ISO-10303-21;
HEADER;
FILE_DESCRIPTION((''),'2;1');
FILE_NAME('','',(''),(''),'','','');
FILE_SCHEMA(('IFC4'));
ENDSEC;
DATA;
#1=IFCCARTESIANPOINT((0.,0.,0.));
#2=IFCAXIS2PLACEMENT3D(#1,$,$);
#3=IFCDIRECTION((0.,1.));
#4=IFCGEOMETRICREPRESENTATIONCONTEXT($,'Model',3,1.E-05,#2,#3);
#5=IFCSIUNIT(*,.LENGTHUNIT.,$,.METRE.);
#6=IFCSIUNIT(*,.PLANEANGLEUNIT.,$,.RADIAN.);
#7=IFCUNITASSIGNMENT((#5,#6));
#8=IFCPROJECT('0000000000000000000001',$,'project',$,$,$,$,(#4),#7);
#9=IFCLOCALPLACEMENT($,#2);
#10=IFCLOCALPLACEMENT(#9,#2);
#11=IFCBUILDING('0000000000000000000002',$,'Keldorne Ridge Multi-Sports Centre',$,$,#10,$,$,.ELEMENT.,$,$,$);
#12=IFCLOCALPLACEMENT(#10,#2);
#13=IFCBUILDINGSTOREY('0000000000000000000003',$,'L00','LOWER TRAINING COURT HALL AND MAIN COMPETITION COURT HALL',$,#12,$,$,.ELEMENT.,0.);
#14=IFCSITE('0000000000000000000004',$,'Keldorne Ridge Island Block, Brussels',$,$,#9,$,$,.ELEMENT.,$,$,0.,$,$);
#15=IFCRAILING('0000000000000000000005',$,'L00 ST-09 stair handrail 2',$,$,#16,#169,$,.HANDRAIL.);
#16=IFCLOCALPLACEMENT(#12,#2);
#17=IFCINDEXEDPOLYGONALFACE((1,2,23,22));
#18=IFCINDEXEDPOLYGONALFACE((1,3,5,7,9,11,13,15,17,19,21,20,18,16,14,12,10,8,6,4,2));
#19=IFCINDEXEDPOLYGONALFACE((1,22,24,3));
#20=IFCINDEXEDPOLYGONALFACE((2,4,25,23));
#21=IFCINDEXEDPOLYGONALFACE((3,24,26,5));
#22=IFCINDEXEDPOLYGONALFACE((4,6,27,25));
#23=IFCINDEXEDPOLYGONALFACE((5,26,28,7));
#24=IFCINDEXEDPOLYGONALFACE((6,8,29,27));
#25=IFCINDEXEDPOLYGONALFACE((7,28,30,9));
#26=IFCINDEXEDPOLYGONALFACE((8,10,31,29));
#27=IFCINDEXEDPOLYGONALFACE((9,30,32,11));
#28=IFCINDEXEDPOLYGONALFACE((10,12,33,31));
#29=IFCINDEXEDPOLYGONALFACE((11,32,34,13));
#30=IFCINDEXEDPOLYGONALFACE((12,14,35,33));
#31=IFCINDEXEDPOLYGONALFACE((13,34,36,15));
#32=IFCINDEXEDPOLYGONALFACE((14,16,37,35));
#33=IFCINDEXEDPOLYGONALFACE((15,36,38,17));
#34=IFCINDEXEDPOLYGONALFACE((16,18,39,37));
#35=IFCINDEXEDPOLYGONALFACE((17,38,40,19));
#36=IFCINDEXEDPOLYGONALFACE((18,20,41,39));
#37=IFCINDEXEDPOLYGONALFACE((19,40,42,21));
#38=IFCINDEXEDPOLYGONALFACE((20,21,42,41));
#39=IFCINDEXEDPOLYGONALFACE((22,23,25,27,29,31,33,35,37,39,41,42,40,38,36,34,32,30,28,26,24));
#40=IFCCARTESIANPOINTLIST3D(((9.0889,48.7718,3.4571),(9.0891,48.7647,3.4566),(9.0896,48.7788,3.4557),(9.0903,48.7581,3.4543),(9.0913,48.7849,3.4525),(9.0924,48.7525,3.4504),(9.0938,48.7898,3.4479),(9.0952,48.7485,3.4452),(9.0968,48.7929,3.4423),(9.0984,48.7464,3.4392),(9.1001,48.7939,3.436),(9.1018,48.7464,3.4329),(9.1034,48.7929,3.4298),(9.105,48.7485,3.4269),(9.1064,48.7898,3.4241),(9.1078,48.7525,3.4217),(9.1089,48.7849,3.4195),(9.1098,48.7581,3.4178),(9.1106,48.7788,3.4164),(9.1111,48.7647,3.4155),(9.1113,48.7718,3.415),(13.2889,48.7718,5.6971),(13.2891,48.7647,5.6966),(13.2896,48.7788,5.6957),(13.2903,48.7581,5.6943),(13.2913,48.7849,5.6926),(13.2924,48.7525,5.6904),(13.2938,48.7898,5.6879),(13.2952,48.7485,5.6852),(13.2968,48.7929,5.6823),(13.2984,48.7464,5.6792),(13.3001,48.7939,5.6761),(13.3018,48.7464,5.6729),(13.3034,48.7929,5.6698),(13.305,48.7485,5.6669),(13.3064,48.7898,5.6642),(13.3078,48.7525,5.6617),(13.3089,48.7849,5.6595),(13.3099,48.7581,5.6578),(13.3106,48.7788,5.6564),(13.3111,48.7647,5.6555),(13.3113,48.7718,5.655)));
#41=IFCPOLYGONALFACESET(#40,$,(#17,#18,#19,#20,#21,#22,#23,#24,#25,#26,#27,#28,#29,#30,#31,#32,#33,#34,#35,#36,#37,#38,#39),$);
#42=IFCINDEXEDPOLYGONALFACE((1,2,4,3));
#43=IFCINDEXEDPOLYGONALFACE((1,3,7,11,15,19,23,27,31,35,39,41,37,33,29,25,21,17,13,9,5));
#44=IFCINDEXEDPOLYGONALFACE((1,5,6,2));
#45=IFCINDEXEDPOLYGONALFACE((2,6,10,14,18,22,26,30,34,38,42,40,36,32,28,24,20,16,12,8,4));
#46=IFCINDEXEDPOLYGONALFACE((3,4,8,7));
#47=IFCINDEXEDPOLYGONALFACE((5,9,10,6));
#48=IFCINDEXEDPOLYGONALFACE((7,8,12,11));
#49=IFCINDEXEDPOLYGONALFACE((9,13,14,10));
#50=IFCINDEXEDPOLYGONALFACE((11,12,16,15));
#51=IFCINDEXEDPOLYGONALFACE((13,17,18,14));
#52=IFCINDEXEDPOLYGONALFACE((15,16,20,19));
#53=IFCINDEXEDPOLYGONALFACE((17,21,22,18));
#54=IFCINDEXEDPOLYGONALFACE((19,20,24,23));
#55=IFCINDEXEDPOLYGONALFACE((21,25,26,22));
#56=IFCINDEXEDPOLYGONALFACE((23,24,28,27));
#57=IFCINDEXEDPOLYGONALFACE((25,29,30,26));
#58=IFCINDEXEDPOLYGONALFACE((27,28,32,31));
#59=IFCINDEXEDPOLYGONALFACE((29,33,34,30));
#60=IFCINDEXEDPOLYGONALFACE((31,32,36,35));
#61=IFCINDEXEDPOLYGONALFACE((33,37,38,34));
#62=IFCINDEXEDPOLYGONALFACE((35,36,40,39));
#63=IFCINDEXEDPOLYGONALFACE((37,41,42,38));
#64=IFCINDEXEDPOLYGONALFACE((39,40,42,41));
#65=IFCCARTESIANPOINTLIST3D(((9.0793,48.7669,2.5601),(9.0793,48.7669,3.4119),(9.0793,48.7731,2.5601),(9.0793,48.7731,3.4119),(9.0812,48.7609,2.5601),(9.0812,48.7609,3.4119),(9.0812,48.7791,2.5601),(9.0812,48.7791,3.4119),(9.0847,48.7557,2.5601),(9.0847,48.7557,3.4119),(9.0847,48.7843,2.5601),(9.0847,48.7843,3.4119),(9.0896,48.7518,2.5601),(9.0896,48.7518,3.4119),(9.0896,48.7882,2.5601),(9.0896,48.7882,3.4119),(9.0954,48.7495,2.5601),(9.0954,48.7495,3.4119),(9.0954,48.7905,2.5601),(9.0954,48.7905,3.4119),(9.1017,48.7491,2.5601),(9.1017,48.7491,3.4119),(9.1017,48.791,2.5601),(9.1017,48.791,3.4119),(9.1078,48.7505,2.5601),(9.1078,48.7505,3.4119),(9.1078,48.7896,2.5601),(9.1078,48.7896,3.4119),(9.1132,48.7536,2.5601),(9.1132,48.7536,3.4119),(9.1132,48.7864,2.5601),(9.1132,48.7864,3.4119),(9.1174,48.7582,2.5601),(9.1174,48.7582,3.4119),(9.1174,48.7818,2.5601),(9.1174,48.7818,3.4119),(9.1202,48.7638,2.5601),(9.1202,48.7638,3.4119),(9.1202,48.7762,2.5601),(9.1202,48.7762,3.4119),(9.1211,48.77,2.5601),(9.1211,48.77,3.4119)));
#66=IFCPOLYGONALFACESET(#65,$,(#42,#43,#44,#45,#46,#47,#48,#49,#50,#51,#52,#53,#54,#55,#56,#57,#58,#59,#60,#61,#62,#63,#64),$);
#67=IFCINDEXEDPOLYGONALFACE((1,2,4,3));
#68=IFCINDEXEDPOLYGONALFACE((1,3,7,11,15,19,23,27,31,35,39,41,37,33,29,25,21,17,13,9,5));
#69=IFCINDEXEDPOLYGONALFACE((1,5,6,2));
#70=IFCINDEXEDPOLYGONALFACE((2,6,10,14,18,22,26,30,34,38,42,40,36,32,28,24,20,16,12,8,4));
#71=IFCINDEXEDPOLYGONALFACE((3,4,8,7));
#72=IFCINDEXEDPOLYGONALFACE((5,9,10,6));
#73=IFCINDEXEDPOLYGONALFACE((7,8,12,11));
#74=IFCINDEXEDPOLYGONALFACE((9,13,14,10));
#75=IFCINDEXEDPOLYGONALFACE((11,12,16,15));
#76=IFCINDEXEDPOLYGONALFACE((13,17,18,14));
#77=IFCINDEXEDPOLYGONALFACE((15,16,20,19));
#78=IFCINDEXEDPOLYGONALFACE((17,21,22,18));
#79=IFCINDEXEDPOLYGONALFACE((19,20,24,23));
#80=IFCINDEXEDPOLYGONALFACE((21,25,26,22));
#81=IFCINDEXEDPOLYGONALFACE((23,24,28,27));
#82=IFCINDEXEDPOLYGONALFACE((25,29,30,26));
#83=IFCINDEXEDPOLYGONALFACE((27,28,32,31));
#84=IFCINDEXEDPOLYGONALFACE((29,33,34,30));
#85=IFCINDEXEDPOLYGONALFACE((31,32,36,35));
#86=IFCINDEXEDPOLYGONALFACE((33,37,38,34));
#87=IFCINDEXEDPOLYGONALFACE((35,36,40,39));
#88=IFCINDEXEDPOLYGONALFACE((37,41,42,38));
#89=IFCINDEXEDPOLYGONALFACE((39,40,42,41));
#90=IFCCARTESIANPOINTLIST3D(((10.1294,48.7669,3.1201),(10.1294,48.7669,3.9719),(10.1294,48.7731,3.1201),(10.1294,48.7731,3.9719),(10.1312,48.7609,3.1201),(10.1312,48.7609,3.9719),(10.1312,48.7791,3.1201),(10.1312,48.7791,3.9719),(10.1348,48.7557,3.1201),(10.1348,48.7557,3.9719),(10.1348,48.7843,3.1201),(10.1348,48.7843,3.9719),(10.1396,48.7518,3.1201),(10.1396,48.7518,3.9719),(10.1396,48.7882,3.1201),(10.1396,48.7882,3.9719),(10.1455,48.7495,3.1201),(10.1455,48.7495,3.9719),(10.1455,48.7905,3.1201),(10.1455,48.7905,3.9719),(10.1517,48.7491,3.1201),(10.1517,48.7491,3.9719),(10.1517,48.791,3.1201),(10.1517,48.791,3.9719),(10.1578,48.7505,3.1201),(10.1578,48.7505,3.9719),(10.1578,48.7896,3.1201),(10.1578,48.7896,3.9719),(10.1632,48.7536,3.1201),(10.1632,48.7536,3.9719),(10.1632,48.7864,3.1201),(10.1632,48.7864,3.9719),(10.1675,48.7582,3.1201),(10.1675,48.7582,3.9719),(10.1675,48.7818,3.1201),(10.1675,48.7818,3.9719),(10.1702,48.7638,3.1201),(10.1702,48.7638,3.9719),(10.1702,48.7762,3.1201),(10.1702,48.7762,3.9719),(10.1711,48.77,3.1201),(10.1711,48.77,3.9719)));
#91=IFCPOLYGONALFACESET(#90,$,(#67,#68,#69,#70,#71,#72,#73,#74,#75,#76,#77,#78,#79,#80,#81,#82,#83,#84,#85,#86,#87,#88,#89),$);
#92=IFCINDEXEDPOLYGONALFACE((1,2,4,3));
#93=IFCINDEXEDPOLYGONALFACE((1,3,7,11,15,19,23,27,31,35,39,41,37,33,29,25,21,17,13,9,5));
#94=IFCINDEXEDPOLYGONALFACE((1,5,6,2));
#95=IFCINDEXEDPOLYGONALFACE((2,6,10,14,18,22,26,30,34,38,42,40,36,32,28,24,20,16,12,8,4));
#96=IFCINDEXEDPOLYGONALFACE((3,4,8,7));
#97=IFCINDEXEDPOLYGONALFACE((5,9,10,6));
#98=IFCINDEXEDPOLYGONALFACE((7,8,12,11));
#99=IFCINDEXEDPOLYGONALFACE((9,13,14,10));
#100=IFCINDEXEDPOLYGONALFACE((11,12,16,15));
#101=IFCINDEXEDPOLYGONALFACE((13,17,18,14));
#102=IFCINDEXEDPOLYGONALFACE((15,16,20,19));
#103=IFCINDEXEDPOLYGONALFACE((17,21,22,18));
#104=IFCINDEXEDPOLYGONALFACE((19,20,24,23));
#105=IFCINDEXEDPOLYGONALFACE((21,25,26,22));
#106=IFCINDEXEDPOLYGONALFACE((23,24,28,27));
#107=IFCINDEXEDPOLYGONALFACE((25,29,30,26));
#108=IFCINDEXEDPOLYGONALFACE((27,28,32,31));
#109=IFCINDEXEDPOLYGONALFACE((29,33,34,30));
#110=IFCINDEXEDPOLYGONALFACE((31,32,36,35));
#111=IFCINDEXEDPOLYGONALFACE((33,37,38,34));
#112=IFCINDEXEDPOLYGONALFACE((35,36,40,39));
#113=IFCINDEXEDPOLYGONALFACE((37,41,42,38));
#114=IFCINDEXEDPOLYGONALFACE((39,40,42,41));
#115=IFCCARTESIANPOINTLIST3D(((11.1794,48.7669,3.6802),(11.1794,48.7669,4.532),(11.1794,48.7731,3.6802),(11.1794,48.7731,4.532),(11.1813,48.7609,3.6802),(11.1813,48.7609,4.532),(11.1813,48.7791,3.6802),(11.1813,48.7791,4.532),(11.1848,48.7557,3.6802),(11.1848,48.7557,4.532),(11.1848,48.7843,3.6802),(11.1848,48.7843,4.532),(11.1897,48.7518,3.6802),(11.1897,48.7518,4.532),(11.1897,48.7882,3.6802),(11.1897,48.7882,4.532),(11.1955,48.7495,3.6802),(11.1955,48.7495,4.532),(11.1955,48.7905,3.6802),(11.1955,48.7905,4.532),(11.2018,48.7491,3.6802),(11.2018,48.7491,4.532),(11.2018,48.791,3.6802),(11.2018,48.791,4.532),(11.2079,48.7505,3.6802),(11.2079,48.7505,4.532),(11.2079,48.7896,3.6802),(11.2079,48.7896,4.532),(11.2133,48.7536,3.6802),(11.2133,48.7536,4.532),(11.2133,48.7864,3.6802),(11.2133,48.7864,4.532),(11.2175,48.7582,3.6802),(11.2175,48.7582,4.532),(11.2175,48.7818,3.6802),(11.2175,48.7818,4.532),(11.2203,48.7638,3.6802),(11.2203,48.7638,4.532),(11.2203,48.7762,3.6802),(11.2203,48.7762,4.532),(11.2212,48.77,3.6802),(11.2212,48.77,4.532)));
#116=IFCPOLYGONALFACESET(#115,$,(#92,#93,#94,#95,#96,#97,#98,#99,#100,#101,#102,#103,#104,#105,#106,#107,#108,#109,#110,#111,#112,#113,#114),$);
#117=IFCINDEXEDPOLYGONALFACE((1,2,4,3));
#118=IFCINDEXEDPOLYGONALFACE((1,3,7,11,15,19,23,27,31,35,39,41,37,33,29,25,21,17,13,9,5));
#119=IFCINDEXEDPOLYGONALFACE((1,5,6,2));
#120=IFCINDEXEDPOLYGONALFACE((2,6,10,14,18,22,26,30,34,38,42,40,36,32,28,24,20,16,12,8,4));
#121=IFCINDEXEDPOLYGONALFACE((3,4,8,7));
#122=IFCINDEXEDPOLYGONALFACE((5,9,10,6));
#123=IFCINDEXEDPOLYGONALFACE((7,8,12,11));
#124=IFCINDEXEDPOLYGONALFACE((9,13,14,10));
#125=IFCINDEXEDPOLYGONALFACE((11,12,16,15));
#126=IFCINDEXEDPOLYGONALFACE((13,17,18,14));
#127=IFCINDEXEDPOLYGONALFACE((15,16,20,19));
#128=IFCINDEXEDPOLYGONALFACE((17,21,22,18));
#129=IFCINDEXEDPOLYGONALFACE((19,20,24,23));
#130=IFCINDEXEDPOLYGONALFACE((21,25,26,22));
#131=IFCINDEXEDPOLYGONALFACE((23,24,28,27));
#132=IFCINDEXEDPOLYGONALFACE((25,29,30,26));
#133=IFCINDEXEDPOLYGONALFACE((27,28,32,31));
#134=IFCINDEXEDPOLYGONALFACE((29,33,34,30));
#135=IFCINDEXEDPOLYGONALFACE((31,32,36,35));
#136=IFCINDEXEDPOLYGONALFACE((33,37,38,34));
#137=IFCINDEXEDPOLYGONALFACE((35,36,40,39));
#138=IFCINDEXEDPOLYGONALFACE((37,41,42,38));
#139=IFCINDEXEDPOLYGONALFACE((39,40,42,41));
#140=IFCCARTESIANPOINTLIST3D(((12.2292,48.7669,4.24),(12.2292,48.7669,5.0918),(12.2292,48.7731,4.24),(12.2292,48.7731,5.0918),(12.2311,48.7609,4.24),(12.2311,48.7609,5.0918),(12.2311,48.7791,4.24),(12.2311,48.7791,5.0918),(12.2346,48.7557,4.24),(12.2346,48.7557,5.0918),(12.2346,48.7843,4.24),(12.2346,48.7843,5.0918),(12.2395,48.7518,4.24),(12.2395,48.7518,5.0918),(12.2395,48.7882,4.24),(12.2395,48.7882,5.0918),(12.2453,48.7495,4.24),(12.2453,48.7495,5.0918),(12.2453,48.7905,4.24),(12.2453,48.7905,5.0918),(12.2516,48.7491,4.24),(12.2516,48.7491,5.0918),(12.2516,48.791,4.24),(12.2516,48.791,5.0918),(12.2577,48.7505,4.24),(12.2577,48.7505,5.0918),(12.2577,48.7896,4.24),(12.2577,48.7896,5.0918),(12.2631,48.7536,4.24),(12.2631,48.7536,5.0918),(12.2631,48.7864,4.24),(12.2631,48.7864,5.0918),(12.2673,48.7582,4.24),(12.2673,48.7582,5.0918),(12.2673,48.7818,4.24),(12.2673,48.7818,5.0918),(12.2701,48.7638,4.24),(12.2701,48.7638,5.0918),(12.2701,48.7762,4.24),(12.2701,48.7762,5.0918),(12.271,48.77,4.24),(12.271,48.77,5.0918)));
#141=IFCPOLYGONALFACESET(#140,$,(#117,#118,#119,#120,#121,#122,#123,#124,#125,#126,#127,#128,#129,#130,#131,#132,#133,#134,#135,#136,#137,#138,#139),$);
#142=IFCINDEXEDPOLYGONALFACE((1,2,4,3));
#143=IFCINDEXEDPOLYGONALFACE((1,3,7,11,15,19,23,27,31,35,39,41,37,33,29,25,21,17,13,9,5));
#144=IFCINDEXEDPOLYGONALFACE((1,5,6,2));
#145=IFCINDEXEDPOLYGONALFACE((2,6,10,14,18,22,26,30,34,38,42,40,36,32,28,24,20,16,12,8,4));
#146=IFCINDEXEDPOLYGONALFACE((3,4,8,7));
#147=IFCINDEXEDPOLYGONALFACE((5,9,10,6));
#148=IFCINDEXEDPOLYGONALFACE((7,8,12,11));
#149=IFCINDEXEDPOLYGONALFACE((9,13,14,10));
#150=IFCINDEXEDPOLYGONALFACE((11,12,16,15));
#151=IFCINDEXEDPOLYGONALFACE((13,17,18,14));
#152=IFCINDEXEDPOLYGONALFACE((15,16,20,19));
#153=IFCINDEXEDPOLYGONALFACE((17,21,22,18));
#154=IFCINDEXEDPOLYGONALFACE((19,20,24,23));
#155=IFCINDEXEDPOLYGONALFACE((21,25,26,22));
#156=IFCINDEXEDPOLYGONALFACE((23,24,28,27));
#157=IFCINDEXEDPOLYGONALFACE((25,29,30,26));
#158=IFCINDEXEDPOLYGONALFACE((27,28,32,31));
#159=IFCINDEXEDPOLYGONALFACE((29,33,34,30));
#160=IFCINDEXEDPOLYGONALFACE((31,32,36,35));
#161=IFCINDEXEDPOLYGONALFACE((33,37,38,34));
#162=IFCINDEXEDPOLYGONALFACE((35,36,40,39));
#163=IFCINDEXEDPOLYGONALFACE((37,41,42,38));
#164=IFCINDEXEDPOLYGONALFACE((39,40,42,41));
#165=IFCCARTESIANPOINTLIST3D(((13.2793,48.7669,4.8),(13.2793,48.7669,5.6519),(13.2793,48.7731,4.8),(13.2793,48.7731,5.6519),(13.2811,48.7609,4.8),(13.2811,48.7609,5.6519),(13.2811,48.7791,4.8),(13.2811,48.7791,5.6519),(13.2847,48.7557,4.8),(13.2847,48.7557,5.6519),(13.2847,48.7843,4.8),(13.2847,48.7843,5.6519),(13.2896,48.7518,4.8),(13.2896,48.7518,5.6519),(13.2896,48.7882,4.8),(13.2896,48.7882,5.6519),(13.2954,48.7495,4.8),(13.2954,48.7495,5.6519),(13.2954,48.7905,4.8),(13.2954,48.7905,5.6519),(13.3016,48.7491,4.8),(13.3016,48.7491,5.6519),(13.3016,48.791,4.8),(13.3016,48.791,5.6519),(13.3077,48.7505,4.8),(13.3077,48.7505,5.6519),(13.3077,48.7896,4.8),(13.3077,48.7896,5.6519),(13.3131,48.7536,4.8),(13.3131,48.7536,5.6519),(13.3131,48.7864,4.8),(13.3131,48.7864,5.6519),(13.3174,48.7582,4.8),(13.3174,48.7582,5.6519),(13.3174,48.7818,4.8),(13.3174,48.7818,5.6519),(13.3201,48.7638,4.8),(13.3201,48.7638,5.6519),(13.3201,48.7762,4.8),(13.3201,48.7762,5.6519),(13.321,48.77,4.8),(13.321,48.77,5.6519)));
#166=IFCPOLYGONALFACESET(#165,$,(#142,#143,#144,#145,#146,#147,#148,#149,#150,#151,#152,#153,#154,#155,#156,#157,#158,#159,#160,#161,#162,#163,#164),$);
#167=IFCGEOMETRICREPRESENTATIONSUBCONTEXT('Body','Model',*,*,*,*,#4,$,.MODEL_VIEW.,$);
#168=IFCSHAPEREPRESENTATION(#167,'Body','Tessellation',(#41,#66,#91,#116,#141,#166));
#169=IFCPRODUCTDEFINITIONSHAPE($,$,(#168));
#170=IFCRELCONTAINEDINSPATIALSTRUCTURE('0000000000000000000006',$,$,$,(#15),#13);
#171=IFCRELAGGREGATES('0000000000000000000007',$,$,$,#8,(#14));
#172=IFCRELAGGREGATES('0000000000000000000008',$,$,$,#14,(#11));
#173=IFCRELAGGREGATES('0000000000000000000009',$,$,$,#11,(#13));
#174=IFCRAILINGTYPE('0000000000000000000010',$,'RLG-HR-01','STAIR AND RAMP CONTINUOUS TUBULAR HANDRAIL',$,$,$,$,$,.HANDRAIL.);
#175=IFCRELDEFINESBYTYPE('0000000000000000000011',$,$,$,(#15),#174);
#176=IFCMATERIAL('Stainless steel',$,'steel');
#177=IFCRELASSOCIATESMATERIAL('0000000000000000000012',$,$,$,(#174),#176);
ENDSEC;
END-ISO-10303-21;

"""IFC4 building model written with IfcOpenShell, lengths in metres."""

from ifc_helpers import new_model, si_unit, direction, frame, origin, origin_2d, place, context, subcontext, project, spatial, circle, extrude, material, type_object, element, save


model = new_model("IFC4")

# Units and contexts
model_context = context("Model", 3, precision=1e-05, world=origin(), true_north=direction((0.0, 1.0)))
body_context = subcontext(model_context, "Body", "Model", "MODEL_VIEW")
ifc_project = project(units=[si_unit("LENGTHUNIT", "METRE"), si_unit("PLANEANGLEUNIT", "RADIAN")], contexts=[model_context])

# Site, building, storey
site_placement = place(None, origin())
site = spatial("IfcSite", under=ifc_project, at=site_placement, Name="Keldorne Ridge Island Block, Brussels", CompositionType="ELEMENT", RefElevation=0.0)
building_placement = place(site_placement, origin())
building = spatial("IfcBuilding", under=site, at=building_placement, Name="Keldorne Ridge Multi-Sports Centre", CompositionType="ELEMENT")
storey_placement = place(building_placement, origin())
storey = spatial("IfcBuildingStorey", under=building, at=storey_placement, Name="L00", Description="LOWER TRAINING COURT HALL AND MAIN COMPETITION COURT HALL", CompositionType="ELEMENT", Elevation=0.0)

# Railing
ifc_material_1 = material(Name="Stainless steel", Category="steel")
railing_type_1 = type_object("IfcRailingType", Name="RLG-HR-01", Description="STAIR AND RAMP CONTINUOUS TUBULAR HANDRAIL", PredefinedType="HANDRAIL", material=ifc_material_1)
railing_1_placement = place(storey_placement, frame((9.1001, 48.77, 2.5601)))
element("IfcRailing", 1, at=railing_1_placement, inside=storey, type_object=railing_type_1, Name="L00 ST-09 stair handrail 2", PredefinedType="HANDRAIL", context=body_context, shape_type="SweptSolid", body=[
    extrude(circle(Radius=0.0239, at=origin_2d()), frame((0.0, 0.0, 0.876), z_axis=(0.882352, 0.0, 0.470591), x_axis=(0.0, 1.0, 0.0)), (0.0, 0.0, 1.0), 4.76),
    extrude(circle(Radius=0.021, at=origin_2d()), origin(), (0.0, 0.0, 1.0), 0.8518),
    extrude(circle(Radius=0.021, at=origin_2d()), frame((1.05, 0.0, 0.5601)), (0.0, 0.0, 1.0), 0.8518),
    extrude(circle(Radius=0.021, at=origin_2d()), frame((2.1001, 0.0, 1.1201)), (0.0, 0.0, 1.0), 0.8518),
    extrude(circle(Radius=0.021, at=origin_2d()), frame((3.1499, 0.0, 1.6799)), (0.0, 0.0, 1.0), 0.8518),
    extrude(circle(Radius=0.021, at=origin_2d()), frame((4.2, 0.0, 2.24)), (0.0, 0.0, 1.0), 0.8518),
])

save(model, "model.ifc")
